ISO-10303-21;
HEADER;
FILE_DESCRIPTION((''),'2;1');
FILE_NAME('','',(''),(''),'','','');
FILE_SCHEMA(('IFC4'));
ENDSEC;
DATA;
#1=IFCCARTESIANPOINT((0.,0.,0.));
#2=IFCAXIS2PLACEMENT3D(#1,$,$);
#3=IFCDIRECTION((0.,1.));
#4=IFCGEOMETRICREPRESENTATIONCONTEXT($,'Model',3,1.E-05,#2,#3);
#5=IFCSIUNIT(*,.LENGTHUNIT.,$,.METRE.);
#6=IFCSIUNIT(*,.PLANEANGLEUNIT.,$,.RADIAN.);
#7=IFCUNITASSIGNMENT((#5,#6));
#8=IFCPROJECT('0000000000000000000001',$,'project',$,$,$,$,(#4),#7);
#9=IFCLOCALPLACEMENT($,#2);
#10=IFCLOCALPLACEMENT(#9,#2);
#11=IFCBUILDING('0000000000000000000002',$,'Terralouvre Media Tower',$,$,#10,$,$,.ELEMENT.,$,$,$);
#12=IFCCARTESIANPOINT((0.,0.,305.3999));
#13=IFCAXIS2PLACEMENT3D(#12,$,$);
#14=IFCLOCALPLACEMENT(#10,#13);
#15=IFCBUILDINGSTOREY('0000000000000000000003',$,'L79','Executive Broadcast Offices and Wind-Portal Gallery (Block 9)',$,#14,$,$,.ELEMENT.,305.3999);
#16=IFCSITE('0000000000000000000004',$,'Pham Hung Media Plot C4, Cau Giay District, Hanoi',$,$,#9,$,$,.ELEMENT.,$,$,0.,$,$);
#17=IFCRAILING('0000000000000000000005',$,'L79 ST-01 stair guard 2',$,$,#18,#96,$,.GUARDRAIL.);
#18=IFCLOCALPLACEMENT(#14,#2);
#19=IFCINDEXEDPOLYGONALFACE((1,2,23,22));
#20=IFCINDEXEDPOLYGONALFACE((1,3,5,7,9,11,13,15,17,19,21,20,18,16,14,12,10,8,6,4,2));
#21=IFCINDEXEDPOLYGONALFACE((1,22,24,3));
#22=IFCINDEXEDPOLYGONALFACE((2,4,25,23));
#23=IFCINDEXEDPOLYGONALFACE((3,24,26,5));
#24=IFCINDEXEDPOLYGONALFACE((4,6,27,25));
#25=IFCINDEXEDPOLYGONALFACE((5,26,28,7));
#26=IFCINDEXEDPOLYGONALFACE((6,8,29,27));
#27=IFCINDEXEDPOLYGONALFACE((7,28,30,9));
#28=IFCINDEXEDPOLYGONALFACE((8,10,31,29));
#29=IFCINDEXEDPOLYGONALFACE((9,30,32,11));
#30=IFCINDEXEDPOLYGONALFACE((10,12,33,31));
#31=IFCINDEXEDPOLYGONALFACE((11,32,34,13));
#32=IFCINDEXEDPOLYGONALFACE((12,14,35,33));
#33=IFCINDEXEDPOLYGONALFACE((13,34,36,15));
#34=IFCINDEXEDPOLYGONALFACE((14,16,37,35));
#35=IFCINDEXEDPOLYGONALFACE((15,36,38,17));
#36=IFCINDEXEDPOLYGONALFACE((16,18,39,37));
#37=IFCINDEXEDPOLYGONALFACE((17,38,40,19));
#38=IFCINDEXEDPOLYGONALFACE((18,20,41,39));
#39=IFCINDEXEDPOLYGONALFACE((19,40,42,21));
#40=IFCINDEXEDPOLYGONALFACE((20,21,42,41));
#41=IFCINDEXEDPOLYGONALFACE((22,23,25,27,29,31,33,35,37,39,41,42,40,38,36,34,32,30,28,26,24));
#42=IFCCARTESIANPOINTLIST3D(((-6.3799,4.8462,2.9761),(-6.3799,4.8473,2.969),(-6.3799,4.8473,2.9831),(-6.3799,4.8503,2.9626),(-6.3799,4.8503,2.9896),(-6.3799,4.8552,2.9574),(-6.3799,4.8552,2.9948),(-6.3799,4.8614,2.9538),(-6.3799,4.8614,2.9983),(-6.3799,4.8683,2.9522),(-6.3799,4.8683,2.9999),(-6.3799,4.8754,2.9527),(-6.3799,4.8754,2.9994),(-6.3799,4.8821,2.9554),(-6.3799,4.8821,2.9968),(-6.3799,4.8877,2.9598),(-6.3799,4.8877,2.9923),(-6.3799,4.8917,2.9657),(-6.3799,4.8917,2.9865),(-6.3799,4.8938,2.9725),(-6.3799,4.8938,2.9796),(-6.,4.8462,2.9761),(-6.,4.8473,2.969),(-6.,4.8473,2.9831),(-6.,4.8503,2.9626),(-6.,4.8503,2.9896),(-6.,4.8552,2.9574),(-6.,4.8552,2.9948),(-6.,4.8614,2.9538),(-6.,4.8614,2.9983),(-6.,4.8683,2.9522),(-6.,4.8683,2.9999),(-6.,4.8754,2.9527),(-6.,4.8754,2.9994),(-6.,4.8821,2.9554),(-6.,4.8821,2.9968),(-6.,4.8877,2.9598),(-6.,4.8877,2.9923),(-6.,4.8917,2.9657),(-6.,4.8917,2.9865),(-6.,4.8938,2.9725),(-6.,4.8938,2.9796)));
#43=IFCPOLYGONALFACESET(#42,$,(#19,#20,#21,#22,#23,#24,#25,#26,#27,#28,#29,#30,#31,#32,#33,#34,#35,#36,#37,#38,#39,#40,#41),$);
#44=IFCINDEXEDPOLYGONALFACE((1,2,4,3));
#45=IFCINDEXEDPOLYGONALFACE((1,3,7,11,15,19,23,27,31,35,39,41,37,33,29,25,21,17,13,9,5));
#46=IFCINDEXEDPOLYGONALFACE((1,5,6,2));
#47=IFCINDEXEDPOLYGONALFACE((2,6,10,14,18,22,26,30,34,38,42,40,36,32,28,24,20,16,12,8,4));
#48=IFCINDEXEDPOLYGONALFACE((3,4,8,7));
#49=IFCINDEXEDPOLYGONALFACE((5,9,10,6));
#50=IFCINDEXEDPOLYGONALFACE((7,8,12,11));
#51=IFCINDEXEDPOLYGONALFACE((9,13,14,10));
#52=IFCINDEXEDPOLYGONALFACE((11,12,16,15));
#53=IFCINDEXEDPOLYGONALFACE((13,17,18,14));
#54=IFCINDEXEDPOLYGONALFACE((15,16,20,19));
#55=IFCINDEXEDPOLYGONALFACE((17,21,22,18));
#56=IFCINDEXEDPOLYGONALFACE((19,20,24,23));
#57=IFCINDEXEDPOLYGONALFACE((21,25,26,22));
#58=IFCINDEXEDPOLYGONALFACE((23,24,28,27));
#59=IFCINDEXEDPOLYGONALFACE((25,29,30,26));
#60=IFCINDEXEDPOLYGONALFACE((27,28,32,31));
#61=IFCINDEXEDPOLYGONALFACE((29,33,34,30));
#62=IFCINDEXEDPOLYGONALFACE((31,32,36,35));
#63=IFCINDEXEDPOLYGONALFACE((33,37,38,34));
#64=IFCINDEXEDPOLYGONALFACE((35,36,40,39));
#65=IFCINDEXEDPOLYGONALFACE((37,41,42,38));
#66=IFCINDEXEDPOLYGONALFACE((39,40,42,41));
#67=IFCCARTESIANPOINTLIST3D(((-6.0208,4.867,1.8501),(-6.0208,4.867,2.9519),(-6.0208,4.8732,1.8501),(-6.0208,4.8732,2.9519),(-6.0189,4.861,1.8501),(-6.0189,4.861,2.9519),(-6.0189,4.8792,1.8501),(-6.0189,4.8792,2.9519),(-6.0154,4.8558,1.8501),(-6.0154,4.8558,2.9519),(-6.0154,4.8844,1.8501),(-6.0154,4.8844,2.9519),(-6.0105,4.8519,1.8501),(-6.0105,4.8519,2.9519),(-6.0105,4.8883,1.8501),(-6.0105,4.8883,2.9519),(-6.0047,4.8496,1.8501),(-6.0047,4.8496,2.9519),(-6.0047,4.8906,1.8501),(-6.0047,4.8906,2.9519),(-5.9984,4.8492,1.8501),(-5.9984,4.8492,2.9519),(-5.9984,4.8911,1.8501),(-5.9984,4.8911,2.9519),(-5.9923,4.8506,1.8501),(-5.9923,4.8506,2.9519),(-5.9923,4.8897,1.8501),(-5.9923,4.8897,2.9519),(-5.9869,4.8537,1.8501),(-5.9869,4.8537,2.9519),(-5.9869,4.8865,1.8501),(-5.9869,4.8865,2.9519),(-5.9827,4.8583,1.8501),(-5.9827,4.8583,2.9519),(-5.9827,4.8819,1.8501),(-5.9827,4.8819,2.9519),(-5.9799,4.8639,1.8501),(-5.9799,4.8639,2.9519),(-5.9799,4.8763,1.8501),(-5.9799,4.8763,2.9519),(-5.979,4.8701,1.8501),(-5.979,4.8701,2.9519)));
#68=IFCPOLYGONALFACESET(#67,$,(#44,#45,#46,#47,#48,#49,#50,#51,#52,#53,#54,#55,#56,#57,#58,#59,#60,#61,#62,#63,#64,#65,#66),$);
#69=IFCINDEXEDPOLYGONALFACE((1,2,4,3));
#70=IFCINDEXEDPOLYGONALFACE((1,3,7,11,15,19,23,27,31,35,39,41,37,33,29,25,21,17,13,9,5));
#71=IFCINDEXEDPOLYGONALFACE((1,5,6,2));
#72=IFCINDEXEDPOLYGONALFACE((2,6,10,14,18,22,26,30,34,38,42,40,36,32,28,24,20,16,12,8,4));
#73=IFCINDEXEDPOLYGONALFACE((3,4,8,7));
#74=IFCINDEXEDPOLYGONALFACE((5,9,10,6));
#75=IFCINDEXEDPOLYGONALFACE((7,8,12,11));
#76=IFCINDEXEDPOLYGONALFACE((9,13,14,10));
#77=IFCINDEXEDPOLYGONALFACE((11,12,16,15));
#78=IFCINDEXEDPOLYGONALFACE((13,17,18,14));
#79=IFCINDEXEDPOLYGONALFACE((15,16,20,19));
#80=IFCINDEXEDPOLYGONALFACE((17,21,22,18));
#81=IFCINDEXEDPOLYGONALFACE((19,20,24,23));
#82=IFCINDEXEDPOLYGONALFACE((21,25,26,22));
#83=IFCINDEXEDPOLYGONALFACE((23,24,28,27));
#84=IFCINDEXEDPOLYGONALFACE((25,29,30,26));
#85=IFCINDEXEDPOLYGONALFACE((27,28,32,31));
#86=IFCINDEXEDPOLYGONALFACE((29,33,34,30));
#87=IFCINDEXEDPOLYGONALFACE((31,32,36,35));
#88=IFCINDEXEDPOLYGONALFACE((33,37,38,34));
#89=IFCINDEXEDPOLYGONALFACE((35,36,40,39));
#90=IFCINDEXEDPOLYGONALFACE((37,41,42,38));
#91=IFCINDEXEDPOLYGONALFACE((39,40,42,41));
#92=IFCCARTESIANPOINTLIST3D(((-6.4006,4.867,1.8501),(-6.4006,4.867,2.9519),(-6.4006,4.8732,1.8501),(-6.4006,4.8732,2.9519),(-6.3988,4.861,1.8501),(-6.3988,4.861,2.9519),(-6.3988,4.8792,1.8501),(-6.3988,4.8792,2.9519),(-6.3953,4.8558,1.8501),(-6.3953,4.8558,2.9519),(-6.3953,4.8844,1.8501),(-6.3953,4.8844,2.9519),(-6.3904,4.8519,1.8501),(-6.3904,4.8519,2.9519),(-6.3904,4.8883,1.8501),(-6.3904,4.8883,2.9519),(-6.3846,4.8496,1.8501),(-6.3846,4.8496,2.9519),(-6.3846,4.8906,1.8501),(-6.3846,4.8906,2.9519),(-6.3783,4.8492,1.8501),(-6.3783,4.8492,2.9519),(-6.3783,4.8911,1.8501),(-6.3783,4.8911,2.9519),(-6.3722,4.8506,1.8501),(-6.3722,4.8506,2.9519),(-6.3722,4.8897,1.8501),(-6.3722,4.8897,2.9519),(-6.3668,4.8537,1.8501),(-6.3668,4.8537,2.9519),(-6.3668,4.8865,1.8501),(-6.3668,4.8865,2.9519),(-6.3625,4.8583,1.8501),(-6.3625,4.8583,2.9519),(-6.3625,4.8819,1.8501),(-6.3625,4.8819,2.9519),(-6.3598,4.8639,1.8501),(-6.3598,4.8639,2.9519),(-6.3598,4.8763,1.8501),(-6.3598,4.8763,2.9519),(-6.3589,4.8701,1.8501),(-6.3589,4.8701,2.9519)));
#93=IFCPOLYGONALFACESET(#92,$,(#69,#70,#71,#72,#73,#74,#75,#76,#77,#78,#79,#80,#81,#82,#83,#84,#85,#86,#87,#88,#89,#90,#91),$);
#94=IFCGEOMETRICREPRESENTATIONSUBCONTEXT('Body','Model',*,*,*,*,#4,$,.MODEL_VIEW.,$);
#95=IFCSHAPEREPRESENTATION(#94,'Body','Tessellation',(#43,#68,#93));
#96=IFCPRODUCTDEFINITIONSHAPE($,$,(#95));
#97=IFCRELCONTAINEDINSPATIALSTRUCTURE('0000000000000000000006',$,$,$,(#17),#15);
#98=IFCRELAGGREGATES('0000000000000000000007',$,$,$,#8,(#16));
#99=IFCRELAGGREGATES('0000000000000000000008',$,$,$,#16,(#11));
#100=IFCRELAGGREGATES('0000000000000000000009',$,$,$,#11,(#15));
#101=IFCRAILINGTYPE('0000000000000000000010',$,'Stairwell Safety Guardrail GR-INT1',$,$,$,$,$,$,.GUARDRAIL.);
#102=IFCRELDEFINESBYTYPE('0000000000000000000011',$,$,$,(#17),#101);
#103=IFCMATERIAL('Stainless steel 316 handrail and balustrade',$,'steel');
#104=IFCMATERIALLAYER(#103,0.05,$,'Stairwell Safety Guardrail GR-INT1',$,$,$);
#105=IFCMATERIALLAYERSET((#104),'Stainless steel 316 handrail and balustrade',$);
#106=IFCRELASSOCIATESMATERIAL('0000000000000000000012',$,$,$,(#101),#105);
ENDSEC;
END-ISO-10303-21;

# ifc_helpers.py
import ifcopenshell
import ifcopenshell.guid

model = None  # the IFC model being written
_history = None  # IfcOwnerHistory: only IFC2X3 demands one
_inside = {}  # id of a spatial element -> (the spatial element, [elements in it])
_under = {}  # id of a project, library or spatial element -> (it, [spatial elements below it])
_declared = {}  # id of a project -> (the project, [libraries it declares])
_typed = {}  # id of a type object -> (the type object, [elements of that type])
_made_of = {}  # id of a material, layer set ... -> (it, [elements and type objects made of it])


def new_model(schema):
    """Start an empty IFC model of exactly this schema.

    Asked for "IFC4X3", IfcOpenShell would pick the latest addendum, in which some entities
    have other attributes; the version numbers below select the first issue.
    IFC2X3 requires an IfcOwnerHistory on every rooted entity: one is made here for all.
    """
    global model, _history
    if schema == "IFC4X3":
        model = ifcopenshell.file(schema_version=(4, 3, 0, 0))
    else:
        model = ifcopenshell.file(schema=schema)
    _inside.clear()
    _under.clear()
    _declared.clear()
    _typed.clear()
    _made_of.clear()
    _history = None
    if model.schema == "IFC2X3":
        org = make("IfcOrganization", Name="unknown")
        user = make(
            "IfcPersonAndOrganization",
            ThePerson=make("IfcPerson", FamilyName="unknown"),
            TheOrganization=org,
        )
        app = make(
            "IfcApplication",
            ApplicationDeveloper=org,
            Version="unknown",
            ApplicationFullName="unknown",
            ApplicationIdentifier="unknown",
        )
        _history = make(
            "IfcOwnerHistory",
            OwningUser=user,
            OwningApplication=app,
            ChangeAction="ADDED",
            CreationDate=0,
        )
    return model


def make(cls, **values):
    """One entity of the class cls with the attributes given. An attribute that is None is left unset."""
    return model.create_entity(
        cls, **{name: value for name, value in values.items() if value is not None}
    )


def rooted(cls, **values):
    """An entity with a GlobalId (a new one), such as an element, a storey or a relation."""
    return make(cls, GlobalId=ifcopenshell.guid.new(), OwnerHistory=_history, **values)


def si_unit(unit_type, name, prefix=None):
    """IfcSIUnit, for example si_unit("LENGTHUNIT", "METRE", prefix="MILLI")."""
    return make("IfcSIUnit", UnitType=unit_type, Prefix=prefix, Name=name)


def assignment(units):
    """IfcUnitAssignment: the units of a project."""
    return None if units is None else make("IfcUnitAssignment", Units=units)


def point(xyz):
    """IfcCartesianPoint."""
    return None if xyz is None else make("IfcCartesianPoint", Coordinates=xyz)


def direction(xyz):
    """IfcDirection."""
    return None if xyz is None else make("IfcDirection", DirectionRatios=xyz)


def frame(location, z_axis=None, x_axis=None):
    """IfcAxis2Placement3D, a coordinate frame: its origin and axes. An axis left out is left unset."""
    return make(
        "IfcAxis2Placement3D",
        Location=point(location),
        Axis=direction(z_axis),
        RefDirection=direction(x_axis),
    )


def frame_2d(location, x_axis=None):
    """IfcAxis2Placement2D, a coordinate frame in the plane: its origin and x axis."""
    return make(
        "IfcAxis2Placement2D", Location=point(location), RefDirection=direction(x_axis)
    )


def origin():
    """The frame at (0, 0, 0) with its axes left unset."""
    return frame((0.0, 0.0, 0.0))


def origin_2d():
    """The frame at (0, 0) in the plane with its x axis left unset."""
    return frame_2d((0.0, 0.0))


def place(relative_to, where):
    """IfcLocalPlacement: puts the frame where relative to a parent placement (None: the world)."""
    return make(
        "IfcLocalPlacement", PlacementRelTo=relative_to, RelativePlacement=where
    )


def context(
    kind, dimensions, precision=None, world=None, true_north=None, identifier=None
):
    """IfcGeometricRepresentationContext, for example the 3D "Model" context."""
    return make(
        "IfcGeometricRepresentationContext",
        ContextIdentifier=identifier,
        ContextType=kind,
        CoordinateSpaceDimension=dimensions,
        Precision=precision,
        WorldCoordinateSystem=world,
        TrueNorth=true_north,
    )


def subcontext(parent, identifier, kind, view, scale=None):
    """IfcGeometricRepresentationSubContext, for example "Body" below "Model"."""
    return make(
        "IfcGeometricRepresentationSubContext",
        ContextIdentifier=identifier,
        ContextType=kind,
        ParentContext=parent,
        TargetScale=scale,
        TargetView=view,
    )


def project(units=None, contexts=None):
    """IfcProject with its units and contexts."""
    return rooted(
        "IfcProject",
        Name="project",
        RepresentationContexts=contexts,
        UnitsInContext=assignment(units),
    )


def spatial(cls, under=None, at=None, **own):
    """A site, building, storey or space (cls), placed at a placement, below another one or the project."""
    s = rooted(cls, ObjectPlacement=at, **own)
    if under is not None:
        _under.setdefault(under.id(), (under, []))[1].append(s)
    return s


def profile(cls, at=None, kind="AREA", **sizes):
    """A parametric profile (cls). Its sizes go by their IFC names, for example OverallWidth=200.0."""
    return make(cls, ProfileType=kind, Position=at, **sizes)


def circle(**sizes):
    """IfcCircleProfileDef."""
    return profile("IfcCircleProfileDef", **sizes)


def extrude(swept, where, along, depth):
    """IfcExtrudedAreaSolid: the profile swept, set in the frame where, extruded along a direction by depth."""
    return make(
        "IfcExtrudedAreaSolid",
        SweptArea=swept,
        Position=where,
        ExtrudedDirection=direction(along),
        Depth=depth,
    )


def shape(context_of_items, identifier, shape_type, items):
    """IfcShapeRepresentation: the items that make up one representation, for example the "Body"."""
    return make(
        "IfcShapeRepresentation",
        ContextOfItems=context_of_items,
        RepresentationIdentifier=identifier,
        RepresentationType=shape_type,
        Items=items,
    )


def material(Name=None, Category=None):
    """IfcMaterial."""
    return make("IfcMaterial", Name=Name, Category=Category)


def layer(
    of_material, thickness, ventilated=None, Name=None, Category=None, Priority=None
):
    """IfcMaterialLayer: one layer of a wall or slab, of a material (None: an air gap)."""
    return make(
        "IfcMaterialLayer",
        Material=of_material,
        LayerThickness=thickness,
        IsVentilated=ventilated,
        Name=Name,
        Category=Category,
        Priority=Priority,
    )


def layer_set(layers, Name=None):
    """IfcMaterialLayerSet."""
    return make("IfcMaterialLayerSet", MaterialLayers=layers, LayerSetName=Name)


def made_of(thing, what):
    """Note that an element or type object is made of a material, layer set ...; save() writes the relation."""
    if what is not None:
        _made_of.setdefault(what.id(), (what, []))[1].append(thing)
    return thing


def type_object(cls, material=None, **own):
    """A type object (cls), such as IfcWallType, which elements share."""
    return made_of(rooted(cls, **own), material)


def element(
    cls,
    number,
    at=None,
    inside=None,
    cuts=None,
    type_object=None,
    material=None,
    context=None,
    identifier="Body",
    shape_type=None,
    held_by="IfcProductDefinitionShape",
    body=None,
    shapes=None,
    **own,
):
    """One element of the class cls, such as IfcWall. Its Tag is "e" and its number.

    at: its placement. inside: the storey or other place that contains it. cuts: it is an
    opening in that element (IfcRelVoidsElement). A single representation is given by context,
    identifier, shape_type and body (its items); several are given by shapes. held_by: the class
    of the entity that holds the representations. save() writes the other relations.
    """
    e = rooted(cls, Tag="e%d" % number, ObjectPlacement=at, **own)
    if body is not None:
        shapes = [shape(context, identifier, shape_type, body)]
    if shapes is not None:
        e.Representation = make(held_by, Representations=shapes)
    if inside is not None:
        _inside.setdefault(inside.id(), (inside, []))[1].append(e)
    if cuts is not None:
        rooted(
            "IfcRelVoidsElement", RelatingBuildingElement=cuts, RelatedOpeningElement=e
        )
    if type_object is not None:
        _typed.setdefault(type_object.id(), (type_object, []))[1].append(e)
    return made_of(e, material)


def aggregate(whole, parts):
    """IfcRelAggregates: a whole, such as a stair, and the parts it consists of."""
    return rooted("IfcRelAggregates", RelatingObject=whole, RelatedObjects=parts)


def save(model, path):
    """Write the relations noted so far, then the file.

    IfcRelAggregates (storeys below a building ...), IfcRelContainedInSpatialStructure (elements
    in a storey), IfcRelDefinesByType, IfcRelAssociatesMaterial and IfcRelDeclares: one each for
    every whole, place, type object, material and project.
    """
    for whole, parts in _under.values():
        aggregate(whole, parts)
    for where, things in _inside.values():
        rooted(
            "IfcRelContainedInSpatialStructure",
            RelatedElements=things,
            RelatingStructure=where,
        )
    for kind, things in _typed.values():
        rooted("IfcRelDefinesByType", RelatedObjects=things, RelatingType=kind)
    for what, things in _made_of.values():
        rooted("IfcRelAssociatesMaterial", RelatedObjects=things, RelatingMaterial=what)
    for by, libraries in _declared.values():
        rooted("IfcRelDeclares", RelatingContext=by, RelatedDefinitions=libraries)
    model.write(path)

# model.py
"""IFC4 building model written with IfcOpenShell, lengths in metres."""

from ifc_helpers import new_model, si_unit, direction, frame, origin, origin_2d, place, context, subcontext, project, spatial, circle, extrude, material, layer, layer_set, type_object, element, save


model = new_model("IFC4")

# Units and contexts
model_context = context("Model", 3, precision=1e-05, world=origin(), true_north=direction((0.0, 1.0)))
body_context = subcontext(model_context, "Body", "Model", "MODEL_VIEW")
ifc_project = project(units=[si_unit("LENGTHUNIT", "METRE"), si_unit("PLANEANGLEUNIT", "RADIAN")], contexts=[model_context])

# Site, building, storey
site_placement = place(None, origin())
site = spatial("IfcSite", under=ifc_project, at=site_placement, Name="Pham Hung Media Plot C4, Cau Giay District, Hanoi", CompositionType="ELEMENT", RefElevation=0.0)
building_placement = place(site_placement, origin())
building = spatial("IfcBuilding", under=site, at=building_placement, Name="Terralouvre Media Tower", CompositionType="ELEMENT")
storey_placement = place(building_placement, frame((0.0, 0.0, 305.3999)))
storey = spatial("IfcBuildingStorey", under=building, at=storey_placement, Name="L79", Description="Executive Broadcast Offices and Wind-Portal Gallery (Block 9)", CompositionType="ELEMENT", Elevation=305.3999)

# Railing
ifc_material_1 = material(Name="Stainless steel 316 handrail and balustrade", Category="steel")
ifc_layer_1 = layer(ifc_material_1, 0.05, Name="Stairwell Safety Guardrail GR-INT1")
ifc_layer_set_1 = layer_set([ifc_layer_1], Name="Stainless steel 316 handrail and balustrade")
railing_type = type_object("IfcRailingType", Name="Stairwell Safety Guardrail GR-INT1", PredefinedType="GUARDRAIL", material=ifc_layer_set_1)
railing_1_placement = place(storey_placement, frame((-6.0, 4.8701, 1.8501)))
element("IfcRailing", 1, at=railing_1_placement, inside=storey, type_object=railing_type, Name="L79 ST-01 stair guard 2", PredefinedType="GUARDRAIL", context=body_context, shape_type="SweptSolid", body=[
    extrude(circle(Radius=0.0239, at=origin_2d()), frame((0.0, 0.0, 1.126), z_axis=(-1.0, 0.0, 0.0), x_axis=(0.0, -1.0, 0.0)), (0.0, 0.0, 1.0), 0.3799),
    extrude(circle(Radius=0.021, at=origin_2d()), origin(), (0.0, 0.0, 1.0), 1.1018),
    extrude(circle(Radius=0.021, at=origin_2d()), frame((-0.3799, 0.0, 0.0)), (0.0, 0.0, 1.0), 1.1018),
])

save(model, "model.ifc")
